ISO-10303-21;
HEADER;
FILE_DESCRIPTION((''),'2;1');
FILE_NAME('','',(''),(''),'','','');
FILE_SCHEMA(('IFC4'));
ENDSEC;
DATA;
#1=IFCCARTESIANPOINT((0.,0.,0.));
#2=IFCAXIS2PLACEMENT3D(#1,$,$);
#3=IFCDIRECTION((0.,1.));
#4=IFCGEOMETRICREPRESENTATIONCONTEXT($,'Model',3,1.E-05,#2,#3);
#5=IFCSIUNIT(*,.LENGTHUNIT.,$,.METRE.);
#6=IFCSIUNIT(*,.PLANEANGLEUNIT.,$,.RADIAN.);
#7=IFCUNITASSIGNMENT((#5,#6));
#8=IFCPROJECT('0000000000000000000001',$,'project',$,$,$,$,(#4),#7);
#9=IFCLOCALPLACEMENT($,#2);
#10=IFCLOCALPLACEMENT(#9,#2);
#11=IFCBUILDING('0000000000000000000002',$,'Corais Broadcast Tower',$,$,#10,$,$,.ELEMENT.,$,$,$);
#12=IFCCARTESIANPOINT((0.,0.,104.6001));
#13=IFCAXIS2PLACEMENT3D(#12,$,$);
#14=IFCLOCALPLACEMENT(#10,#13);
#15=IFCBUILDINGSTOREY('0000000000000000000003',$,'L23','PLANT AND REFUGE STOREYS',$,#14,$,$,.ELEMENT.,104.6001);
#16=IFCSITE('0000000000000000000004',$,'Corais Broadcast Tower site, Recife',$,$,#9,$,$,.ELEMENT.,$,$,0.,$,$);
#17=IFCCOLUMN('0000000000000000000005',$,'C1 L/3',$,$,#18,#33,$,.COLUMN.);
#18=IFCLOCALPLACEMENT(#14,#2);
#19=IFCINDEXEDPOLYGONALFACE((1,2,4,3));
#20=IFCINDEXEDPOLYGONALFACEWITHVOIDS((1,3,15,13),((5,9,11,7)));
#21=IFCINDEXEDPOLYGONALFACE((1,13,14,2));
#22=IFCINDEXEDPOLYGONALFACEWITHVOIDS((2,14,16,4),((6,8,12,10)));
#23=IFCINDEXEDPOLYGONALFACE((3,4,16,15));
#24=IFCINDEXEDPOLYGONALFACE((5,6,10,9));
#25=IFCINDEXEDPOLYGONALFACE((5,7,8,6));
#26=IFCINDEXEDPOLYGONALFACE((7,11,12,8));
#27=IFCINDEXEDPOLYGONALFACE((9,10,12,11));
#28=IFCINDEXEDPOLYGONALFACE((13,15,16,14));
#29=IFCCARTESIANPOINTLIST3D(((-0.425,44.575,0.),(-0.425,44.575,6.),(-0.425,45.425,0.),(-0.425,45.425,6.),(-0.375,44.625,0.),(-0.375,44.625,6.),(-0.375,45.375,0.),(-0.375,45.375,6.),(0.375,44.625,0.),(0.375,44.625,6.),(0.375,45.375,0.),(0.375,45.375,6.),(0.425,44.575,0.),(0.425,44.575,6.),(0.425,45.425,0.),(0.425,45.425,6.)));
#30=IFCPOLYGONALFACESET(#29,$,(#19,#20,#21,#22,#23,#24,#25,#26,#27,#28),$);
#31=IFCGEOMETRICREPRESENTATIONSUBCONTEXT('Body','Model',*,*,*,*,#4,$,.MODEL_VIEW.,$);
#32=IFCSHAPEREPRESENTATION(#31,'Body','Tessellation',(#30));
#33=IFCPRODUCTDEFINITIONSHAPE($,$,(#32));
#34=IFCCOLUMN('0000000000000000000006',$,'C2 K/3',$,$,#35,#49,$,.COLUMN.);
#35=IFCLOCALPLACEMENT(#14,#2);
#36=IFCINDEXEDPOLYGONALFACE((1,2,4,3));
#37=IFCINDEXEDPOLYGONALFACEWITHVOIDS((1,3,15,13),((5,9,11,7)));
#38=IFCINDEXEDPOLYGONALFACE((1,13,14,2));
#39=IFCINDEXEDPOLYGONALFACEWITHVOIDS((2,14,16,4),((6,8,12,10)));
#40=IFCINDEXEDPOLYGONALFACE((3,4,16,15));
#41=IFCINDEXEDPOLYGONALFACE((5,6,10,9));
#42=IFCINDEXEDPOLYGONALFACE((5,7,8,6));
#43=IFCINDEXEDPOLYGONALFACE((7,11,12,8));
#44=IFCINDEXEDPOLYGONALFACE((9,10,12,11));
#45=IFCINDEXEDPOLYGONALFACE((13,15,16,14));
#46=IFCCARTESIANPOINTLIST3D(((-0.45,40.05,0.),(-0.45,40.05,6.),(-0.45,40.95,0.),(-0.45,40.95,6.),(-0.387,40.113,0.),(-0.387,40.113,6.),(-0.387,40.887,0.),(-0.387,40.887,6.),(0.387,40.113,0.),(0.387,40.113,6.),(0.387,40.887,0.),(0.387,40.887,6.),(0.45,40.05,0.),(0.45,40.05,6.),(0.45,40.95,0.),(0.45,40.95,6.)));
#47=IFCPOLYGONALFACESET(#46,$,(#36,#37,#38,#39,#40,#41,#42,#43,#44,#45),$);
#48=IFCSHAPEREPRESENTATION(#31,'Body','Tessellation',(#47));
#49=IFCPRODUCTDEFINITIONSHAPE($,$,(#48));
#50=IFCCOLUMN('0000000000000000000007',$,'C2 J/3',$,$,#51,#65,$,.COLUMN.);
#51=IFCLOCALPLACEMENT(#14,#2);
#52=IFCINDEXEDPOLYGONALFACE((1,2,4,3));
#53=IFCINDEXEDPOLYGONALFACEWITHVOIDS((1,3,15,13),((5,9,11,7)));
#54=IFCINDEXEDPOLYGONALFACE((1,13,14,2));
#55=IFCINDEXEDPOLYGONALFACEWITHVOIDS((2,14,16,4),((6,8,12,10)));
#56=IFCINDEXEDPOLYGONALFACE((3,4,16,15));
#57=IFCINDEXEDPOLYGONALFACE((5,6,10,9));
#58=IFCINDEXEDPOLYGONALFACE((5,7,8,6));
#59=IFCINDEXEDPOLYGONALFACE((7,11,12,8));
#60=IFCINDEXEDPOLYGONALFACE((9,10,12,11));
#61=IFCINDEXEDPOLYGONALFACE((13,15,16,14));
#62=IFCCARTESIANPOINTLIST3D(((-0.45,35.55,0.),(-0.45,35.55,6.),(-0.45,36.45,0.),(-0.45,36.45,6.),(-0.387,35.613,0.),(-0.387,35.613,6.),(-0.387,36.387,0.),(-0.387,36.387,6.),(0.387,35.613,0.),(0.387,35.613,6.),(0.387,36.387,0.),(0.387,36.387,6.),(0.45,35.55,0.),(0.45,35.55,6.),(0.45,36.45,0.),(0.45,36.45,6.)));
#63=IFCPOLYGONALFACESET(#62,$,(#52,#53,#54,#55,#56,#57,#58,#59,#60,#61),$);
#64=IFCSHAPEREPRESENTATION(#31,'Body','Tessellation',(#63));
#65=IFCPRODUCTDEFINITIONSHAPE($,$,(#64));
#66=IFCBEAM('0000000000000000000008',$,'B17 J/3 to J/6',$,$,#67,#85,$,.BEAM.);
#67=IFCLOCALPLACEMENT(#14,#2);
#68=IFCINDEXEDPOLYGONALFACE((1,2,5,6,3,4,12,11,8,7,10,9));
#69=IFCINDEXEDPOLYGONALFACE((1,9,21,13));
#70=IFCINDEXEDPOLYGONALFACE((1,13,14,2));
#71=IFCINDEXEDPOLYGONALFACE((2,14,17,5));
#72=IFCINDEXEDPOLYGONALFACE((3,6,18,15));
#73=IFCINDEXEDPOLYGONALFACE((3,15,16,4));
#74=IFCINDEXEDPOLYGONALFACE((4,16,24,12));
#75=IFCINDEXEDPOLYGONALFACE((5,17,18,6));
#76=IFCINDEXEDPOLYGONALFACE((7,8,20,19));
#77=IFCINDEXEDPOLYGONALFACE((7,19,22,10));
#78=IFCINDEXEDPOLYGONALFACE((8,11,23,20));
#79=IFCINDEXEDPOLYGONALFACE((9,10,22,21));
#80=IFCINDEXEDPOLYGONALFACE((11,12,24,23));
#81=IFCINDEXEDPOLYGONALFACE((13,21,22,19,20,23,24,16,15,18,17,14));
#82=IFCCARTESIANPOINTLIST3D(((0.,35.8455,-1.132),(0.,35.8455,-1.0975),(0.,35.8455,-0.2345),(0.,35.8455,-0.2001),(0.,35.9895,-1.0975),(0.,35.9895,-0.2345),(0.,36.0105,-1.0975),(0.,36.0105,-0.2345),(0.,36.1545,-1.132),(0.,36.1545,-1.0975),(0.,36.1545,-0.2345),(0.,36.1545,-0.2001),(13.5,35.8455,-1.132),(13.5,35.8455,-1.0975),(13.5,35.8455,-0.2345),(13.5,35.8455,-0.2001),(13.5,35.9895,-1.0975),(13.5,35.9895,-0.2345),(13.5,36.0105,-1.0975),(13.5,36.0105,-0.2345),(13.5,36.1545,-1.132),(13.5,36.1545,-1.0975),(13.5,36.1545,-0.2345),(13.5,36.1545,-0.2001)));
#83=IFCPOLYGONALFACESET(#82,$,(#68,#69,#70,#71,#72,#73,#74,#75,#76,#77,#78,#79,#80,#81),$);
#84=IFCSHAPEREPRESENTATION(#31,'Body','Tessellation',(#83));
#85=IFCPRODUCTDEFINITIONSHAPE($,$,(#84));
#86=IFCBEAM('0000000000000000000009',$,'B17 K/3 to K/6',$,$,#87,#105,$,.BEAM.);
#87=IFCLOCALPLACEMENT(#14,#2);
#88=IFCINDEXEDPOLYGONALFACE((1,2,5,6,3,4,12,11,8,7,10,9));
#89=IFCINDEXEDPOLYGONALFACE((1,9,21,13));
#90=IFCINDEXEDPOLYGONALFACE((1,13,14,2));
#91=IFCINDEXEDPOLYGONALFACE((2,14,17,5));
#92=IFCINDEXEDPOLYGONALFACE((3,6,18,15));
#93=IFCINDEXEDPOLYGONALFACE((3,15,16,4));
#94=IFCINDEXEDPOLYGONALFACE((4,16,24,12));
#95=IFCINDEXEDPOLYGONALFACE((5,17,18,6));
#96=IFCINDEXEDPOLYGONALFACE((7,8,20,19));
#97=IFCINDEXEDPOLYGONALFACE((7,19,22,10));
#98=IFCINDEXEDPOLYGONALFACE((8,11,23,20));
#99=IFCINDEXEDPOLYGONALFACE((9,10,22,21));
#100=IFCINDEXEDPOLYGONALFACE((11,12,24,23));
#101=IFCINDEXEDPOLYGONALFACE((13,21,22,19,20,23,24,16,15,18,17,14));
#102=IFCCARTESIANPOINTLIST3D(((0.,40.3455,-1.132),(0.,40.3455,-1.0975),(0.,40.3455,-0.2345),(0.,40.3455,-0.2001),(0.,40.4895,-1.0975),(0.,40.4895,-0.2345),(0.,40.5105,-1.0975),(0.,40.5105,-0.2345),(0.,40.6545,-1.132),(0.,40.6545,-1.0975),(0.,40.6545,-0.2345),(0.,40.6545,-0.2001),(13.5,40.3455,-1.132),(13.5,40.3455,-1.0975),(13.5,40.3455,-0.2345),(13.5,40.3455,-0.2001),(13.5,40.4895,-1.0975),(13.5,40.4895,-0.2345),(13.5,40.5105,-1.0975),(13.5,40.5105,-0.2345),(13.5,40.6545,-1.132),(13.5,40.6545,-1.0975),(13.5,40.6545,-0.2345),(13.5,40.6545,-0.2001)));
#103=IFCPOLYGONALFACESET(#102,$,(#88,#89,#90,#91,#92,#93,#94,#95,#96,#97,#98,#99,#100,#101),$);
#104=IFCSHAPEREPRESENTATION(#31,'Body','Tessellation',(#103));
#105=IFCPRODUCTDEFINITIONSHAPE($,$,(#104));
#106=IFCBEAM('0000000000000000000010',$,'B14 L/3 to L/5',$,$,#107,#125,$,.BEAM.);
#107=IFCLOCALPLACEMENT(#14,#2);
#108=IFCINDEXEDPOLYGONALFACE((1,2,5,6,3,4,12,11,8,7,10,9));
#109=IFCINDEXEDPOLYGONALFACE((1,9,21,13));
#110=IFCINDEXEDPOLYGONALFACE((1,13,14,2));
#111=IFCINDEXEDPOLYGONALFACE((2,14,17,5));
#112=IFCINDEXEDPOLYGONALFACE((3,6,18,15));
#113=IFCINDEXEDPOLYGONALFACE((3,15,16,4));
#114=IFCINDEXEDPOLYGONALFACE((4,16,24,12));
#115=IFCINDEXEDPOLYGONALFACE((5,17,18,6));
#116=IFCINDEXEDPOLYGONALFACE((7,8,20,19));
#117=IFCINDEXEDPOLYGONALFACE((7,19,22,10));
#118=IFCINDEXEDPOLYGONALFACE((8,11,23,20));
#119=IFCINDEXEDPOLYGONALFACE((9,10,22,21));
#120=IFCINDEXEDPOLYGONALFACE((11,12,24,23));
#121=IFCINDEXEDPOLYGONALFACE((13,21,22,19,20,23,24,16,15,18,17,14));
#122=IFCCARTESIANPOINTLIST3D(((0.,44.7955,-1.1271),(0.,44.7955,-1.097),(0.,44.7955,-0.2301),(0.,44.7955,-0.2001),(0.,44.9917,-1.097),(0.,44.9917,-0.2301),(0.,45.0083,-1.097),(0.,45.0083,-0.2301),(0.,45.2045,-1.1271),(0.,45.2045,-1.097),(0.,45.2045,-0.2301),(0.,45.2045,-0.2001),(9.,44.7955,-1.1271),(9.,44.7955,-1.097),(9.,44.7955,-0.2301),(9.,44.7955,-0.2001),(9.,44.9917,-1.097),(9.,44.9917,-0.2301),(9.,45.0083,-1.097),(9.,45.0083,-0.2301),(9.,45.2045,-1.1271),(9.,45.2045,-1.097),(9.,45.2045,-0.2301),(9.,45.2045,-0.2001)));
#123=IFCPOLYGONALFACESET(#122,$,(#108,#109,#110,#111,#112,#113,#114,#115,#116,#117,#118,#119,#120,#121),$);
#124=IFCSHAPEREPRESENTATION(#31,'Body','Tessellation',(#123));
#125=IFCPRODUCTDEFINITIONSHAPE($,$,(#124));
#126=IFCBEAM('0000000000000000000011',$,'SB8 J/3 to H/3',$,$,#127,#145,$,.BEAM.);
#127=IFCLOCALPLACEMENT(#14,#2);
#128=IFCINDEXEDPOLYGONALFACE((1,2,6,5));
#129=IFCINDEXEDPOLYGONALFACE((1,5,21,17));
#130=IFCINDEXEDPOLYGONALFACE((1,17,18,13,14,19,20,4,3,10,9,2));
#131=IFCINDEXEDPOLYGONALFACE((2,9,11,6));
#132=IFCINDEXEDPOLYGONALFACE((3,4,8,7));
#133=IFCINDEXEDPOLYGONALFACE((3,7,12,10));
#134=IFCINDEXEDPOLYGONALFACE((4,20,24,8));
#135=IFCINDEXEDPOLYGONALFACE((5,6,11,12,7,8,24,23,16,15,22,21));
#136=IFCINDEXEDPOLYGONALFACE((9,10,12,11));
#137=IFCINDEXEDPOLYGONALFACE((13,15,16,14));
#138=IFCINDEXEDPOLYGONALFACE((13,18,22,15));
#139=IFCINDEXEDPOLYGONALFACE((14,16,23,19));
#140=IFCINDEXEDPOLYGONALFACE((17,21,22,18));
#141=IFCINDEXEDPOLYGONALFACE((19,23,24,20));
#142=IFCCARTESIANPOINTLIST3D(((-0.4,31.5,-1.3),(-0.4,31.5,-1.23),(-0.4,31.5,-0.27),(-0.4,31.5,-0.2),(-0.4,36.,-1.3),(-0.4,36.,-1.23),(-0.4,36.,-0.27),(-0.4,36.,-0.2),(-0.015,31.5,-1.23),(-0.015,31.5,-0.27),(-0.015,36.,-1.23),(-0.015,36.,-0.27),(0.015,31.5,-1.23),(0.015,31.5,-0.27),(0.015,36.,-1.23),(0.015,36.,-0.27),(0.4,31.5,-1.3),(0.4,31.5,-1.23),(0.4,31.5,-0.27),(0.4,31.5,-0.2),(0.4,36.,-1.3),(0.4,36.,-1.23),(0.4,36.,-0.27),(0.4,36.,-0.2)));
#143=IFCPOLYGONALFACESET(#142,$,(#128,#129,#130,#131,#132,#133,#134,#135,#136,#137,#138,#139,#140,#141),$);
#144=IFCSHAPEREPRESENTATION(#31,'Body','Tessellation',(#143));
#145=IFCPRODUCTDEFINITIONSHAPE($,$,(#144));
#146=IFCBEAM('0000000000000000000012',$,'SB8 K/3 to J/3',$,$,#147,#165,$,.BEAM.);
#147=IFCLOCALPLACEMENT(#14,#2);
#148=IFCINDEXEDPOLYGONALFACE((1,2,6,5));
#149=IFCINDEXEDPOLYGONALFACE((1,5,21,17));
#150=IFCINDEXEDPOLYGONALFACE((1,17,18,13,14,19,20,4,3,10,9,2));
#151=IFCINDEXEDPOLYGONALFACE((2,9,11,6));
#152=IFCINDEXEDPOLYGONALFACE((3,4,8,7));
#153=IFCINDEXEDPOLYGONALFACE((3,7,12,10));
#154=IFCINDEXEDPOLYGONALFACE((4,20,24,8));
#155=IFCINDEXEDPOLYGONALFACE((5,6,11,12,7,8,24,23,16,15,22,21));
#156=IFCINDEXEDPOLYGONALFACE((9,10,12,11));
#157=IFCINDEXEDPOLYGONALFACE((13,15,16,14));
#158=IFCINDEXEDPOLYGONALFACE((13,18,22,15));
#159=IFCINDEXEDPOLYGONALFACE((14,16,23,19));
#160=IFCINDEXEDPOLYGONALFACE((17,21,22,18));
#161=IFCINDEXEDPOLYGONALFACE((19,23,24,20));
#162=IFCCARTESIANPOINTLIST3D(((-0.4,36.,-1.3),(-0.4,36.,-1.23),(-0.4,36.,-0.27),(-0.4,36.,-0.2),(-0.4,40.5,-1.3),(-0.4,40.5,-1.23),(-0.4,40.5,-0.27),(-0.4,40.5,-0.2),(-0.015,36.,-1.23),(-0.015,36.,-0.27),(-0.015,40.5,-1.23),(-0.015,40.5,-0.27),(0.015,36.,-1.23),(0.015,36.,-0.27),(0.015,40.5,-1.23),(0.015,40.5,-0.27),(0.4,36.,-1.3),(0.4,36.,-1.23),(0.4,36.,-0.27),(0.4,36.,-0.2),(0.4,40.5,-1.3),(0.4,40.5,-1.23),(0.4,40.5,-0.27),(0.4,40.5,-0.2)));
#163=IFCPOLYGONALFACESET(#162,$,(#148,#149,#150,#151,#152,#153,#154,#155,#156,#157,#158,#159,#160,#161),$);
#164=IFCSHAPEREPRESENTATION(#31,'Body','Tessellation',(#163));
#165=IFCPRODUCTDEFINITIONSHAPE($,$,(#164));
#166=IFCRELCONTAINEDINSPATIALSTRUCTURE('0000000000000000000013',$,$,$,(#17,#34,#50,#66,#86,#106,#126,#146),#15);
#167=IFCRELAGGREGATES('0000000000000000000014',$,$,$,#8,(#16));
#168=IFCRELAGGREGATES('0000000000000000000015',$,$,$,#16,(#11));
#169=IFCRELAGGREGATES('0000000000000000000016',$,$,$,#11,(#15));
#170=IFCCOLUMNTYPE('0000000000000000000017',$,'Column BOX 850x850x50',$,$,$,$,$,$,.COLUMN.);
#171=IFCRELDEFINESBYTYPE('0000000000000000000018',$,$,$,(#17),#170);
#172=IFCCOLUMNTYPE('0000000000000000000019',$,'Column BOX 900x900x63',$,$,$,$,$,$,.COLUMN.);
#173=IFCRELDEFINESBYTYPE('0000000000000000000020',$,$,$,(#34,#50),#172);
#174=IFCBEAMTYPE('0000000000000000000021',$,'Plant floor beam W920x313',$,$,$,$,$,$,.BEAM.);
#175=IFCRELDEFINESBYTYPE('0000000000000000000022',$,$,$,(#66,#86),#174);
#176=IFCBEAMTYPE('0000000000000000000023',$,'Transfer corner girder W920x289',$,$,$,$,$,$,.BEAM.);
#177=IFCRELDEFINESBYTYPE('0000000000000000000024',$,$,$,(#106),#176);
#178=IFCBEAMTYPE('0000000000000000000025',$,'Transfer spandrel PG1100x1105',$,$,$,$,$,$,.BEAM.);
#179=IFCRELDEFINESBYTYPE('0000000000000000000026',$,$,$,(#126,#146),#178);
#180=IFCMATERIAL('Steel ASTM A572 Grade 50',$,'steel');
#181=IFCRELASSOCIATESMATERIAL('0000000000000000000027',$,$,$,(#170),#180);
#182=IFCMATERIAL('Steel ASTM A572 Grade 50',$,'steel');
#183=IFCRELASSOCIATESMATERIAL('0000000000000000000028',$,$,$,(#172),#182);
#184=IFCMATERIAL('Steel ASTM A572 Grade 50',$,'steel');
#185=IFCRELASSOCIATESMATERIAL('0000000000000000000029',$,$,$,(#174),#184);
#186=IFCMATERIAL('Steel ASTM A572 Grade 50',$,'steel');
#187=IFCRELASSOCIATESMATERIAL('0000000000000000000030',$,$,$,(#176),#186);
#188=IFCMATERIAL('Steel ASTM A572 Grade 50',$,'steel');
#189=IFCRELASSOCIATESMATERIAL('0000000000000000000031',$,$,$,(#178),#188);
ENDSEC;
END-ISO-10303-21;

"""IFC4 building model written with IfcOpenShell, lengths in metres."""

from ifc_helpers import new_model, si_unit, direction, frame, origin, origin_2d, place, context, subcontext, project, spatial, hollow_rectangle, i_section, extrude, material, material_profile, profile_set, type_object, element, save


model = new_model("IFC4")

# Units and contexts
model_context = context("Model", 3, precision=1e-05, world=origin(), true_north=direction((0.0, 1.0)))
body_context = subcontext(model_context, "Body", "Model", "MODEL_VIEW")
ifc_project = project(units=[si_unit("LENGTHUNIT", "METRE"), si_unit("PLANEANGLEUNIT", "RADIAN")], contexts=[model_context])

# Site, building, storey
site_placement = place(None, origin())
site = spatial("IfcSite", under=ifc_project, at=site_placement, Name="Corais Broadcast Tower site, Recife", CompositionType="ELEMENT", RefElevation=0.0)
building_placement = place(site_placement, origin())
building = spatial("IfcBuilding", under=site, at=building_placement, Name="Corais Broadcast Tower", CompositionType="ELEMENT")
storey_placement = place(building_placement, frame((0.0, 0.0, 104.6001)))
storey = spatial("IfcBuildingStorey", under=building, at=storey_placement, Name="L23", Description="PLANT AND REFUGE STOREYS", CompositionType="ELEMENT", Elevation=104.6001)

# Columns
ifc_material_1 = material(Name="Steel ASTM A572 Grade 50", Category="steel")
ifc_material_profile_1 = material_profile(ifc_material_1, hollow_rectangle(XDim=0.8501, YDim=0.8501, WallThickness=0.05, at=origin_2d()), Name="BOX 850x850x50")
ifc_profile_set_1 = profile_set([ifc_material_profile_1], Name="Steel ASTM A572 Grade 50")
column_type_1 = type_object("IfcColumnType", Name="Column BOX 850x850x50", PredefinedType="COLUMN", material=ifc_profile_set_1)
column_placement = place(storey_placement, frame((0.0, 45.0, 0.0), z_axis=(0.0, 0.0, 1.0), x_axis=(1.0, 0.0, 0.0)))
element("IfcColumn", 1, at=column_placement, inside=storey, type_object=column_type_1, Name="C1 L/3", PredefinedType="COLUMN", context=body_context, shape_type="SweptSolid", body=[
    extrude(hollow_rectangle(XDim=0.8501, YDim=0.8501, WallThickness=0.05, at=origin_2d()), origin(), (0.0, 0.0, 1.0), 6.0),
])
ifc_material_2 = material(Name="Steel ASTM A572 Grade 50", Category="steel")
ifc_material_profile_2 = material_profile(ifc_material_2, hollow_rectangle(XDim=0.8999, YDim=0.8999, WallThickness=0.063, at=origin_2d()), Name="BOX 900x900x63")
ifc_profile_set_2 = profile_set([ifc_material_profile_2], Name="Steel ASTM A572 Grade 50")
column_type_2 = type_object("IfcColumnType", Name="Column BOX 900x900x63", PredefinedType="COLUMN", material=ifc_profile_set_2)
for number, where, z_axis, x_axis, name in (
    (2, (0.0, 40.5, 0.0), (0.0, 0.0, 1.0), (1.0, 0.0, 0.0), "C2 K/3"),
    (3, (0.0, 36.0, 0.0), (0.0, 0.0, 1.0), (1.0, 0.0, 0.0), "C2 J/3"),
):
    element("IfcColumn", number, at=place(storey_placement, frame(where, z_axis=z_axis, x_axis=x_axis)), inside=storey, type_object=column_type_2, Name=name, PredefinedType="COLUMN", context=body_context, shape_type="SweptSolid", body=[
        extrude(hollow_rectangle(XDim=0.8999, YDim=0.8999, WallThickness=0.063, at=origin_2d()), origin(), (0.0, 0.0, 1.0), 6.0),
    ])

# Beams
ifc_material_3 = material(Name="Steel ASTM A572 Grade 50", Category="steel")
ifc_material_profile_3 = material_profile(ifc_material_3, i_section(OverallWidth=0.3091, OverallDepth=0.9319, WebThickness=0.021, FlangeThickness=0.0344, at=origin_2d()), Name="W920x313")
ifc_profile_set_3 = profile_set([ifc_material_profile_3], Name="Steel ASTM A572 Grade 50")
beam_type_1 = type_object("IfcBeamType", Name="Plant floor beam W920x313", PredefinedType="BEAM", material=ifc_profile_set_3)
for number, where, z_axis, x_axis, name in (
    (4, (0.0, 36.0, -0.666), (1.0, 0.0, 0.0), (0.0, 1.0, 0.0), "B17 J/3 to J/6"),
    (5, (0.0, 40.5, -0.666), (1.0, 0.0, 0.0), (0.0, 1.0, 0.0), "B17 K/3 to K/6"),
):
    element("IfcBeam", number, at=place(storey_placement, frame(where, z_axis=z_axis, x_axis=x_axis)), inside=storey, type_object=beam_type_1, Name=name, PredefinedType="BEAM", context=body_context, shape_type="SweptSolid", body=[
        extrude(i_section(OverallWidth=0.3091, OverallDepth=0.9319, WebThickness=0.021, FlangeThickness=0.0344, at=origin_2d()), origin(), (0.0, 0.0, 1.0), 13.5),
    ])
ifc_material_4 = material(Name="Steel ASTM A572 Grade 50", Category="steel")
ifc_material_profile_4 = material_profile(ifc_material_4, i_section(OverallWidth=0.4089, OverallDepth=0.927, WebThickness=0.0166, FlangeThickness=0.03, at=origin_2d()), Name="W920x289")
ifc_profile_set_4 = profile_set([ifc_material_profile_4], Name="Steel ASTM A572 Grade 50")
beam_type_2 = type_object("IfcBeamType", Name="Transfer corner girder W920x289", PredefinedType="BEAM", material=ifc_profile_set_4)
beam_placement = place(storey_placement, frame((0.0, 45.0, -0.6636), z_axis=(1.0, 0.0, 0.0), x_axis=(0.0, 1.0, 0.0)))
element("IfcBeam", 6, at=beam_placement, inside=storey, type_object=beam_type_2, Name="B14 L/3 to L/5", PredefinedType="BEAM", context=body_context, shape_type="SweptSolid", body=[
    extrude(i_section(OverallWidth=0.4089, OverallDepth=0.927, WebThickness=0.0166, FlangeThickness=0.03, at=origin_2d()), origin(), (0.0, 0.0, 1.0), 9.0),
])
ifc_material_5 = material(Name="Steel ASTM A572 Grade 50", Category="steel")
ifc_material_profile_5 = material_profile(ifc_material_5, i_section(OverallWidth=0.8, OverallDepth=1.1001, WebThickness=0.03, FlangeThickness=0.0701, at=origin_2d()), Name="PG1100x1105")
ifc_profile_set_5 = profile_set([ifc_material_profile_5], Name="Steel ASTM A572 Grade 50")
beam_type_3 = type_object("IfcBeamType", Name="Transfer spandrel PG1100x1105", PredefinedType="BEAM", material=ifc_profile_set_5)
for number, where, z_axis, x_axis, name in (
    (7, (0.0, 36.0, -0.75), (0.0, -1.0, 0.0), (1.0, 0.0, 0.0), "SB8 J/3 to H/3"),
    (8, (0.0, 40.5, -0.75), (0.0, -1.0, 0.0), (1.0, 0.0, 0.0), "SB8 K/3 to J/3"),
):
    element("IfcBeam", number, at=place(storey_placement, frame(where, z_axis=z_axis, x_axis=x_axis)), inside=storey, type_object=beam_type_3, Name=name, PredefinedType="BEAM", context=body_context, shape_type="SweptSolid", body=[
        extrude(i_section(OverallWidth=0.8, OverallDepth=1.1001, WebThickness=0.03, FlangeThickness=0.0701, at=origin_2d()), origin(), (0.0, 0.0, 1.0), 4.5),
    ])

save(model, "model.ifc")
